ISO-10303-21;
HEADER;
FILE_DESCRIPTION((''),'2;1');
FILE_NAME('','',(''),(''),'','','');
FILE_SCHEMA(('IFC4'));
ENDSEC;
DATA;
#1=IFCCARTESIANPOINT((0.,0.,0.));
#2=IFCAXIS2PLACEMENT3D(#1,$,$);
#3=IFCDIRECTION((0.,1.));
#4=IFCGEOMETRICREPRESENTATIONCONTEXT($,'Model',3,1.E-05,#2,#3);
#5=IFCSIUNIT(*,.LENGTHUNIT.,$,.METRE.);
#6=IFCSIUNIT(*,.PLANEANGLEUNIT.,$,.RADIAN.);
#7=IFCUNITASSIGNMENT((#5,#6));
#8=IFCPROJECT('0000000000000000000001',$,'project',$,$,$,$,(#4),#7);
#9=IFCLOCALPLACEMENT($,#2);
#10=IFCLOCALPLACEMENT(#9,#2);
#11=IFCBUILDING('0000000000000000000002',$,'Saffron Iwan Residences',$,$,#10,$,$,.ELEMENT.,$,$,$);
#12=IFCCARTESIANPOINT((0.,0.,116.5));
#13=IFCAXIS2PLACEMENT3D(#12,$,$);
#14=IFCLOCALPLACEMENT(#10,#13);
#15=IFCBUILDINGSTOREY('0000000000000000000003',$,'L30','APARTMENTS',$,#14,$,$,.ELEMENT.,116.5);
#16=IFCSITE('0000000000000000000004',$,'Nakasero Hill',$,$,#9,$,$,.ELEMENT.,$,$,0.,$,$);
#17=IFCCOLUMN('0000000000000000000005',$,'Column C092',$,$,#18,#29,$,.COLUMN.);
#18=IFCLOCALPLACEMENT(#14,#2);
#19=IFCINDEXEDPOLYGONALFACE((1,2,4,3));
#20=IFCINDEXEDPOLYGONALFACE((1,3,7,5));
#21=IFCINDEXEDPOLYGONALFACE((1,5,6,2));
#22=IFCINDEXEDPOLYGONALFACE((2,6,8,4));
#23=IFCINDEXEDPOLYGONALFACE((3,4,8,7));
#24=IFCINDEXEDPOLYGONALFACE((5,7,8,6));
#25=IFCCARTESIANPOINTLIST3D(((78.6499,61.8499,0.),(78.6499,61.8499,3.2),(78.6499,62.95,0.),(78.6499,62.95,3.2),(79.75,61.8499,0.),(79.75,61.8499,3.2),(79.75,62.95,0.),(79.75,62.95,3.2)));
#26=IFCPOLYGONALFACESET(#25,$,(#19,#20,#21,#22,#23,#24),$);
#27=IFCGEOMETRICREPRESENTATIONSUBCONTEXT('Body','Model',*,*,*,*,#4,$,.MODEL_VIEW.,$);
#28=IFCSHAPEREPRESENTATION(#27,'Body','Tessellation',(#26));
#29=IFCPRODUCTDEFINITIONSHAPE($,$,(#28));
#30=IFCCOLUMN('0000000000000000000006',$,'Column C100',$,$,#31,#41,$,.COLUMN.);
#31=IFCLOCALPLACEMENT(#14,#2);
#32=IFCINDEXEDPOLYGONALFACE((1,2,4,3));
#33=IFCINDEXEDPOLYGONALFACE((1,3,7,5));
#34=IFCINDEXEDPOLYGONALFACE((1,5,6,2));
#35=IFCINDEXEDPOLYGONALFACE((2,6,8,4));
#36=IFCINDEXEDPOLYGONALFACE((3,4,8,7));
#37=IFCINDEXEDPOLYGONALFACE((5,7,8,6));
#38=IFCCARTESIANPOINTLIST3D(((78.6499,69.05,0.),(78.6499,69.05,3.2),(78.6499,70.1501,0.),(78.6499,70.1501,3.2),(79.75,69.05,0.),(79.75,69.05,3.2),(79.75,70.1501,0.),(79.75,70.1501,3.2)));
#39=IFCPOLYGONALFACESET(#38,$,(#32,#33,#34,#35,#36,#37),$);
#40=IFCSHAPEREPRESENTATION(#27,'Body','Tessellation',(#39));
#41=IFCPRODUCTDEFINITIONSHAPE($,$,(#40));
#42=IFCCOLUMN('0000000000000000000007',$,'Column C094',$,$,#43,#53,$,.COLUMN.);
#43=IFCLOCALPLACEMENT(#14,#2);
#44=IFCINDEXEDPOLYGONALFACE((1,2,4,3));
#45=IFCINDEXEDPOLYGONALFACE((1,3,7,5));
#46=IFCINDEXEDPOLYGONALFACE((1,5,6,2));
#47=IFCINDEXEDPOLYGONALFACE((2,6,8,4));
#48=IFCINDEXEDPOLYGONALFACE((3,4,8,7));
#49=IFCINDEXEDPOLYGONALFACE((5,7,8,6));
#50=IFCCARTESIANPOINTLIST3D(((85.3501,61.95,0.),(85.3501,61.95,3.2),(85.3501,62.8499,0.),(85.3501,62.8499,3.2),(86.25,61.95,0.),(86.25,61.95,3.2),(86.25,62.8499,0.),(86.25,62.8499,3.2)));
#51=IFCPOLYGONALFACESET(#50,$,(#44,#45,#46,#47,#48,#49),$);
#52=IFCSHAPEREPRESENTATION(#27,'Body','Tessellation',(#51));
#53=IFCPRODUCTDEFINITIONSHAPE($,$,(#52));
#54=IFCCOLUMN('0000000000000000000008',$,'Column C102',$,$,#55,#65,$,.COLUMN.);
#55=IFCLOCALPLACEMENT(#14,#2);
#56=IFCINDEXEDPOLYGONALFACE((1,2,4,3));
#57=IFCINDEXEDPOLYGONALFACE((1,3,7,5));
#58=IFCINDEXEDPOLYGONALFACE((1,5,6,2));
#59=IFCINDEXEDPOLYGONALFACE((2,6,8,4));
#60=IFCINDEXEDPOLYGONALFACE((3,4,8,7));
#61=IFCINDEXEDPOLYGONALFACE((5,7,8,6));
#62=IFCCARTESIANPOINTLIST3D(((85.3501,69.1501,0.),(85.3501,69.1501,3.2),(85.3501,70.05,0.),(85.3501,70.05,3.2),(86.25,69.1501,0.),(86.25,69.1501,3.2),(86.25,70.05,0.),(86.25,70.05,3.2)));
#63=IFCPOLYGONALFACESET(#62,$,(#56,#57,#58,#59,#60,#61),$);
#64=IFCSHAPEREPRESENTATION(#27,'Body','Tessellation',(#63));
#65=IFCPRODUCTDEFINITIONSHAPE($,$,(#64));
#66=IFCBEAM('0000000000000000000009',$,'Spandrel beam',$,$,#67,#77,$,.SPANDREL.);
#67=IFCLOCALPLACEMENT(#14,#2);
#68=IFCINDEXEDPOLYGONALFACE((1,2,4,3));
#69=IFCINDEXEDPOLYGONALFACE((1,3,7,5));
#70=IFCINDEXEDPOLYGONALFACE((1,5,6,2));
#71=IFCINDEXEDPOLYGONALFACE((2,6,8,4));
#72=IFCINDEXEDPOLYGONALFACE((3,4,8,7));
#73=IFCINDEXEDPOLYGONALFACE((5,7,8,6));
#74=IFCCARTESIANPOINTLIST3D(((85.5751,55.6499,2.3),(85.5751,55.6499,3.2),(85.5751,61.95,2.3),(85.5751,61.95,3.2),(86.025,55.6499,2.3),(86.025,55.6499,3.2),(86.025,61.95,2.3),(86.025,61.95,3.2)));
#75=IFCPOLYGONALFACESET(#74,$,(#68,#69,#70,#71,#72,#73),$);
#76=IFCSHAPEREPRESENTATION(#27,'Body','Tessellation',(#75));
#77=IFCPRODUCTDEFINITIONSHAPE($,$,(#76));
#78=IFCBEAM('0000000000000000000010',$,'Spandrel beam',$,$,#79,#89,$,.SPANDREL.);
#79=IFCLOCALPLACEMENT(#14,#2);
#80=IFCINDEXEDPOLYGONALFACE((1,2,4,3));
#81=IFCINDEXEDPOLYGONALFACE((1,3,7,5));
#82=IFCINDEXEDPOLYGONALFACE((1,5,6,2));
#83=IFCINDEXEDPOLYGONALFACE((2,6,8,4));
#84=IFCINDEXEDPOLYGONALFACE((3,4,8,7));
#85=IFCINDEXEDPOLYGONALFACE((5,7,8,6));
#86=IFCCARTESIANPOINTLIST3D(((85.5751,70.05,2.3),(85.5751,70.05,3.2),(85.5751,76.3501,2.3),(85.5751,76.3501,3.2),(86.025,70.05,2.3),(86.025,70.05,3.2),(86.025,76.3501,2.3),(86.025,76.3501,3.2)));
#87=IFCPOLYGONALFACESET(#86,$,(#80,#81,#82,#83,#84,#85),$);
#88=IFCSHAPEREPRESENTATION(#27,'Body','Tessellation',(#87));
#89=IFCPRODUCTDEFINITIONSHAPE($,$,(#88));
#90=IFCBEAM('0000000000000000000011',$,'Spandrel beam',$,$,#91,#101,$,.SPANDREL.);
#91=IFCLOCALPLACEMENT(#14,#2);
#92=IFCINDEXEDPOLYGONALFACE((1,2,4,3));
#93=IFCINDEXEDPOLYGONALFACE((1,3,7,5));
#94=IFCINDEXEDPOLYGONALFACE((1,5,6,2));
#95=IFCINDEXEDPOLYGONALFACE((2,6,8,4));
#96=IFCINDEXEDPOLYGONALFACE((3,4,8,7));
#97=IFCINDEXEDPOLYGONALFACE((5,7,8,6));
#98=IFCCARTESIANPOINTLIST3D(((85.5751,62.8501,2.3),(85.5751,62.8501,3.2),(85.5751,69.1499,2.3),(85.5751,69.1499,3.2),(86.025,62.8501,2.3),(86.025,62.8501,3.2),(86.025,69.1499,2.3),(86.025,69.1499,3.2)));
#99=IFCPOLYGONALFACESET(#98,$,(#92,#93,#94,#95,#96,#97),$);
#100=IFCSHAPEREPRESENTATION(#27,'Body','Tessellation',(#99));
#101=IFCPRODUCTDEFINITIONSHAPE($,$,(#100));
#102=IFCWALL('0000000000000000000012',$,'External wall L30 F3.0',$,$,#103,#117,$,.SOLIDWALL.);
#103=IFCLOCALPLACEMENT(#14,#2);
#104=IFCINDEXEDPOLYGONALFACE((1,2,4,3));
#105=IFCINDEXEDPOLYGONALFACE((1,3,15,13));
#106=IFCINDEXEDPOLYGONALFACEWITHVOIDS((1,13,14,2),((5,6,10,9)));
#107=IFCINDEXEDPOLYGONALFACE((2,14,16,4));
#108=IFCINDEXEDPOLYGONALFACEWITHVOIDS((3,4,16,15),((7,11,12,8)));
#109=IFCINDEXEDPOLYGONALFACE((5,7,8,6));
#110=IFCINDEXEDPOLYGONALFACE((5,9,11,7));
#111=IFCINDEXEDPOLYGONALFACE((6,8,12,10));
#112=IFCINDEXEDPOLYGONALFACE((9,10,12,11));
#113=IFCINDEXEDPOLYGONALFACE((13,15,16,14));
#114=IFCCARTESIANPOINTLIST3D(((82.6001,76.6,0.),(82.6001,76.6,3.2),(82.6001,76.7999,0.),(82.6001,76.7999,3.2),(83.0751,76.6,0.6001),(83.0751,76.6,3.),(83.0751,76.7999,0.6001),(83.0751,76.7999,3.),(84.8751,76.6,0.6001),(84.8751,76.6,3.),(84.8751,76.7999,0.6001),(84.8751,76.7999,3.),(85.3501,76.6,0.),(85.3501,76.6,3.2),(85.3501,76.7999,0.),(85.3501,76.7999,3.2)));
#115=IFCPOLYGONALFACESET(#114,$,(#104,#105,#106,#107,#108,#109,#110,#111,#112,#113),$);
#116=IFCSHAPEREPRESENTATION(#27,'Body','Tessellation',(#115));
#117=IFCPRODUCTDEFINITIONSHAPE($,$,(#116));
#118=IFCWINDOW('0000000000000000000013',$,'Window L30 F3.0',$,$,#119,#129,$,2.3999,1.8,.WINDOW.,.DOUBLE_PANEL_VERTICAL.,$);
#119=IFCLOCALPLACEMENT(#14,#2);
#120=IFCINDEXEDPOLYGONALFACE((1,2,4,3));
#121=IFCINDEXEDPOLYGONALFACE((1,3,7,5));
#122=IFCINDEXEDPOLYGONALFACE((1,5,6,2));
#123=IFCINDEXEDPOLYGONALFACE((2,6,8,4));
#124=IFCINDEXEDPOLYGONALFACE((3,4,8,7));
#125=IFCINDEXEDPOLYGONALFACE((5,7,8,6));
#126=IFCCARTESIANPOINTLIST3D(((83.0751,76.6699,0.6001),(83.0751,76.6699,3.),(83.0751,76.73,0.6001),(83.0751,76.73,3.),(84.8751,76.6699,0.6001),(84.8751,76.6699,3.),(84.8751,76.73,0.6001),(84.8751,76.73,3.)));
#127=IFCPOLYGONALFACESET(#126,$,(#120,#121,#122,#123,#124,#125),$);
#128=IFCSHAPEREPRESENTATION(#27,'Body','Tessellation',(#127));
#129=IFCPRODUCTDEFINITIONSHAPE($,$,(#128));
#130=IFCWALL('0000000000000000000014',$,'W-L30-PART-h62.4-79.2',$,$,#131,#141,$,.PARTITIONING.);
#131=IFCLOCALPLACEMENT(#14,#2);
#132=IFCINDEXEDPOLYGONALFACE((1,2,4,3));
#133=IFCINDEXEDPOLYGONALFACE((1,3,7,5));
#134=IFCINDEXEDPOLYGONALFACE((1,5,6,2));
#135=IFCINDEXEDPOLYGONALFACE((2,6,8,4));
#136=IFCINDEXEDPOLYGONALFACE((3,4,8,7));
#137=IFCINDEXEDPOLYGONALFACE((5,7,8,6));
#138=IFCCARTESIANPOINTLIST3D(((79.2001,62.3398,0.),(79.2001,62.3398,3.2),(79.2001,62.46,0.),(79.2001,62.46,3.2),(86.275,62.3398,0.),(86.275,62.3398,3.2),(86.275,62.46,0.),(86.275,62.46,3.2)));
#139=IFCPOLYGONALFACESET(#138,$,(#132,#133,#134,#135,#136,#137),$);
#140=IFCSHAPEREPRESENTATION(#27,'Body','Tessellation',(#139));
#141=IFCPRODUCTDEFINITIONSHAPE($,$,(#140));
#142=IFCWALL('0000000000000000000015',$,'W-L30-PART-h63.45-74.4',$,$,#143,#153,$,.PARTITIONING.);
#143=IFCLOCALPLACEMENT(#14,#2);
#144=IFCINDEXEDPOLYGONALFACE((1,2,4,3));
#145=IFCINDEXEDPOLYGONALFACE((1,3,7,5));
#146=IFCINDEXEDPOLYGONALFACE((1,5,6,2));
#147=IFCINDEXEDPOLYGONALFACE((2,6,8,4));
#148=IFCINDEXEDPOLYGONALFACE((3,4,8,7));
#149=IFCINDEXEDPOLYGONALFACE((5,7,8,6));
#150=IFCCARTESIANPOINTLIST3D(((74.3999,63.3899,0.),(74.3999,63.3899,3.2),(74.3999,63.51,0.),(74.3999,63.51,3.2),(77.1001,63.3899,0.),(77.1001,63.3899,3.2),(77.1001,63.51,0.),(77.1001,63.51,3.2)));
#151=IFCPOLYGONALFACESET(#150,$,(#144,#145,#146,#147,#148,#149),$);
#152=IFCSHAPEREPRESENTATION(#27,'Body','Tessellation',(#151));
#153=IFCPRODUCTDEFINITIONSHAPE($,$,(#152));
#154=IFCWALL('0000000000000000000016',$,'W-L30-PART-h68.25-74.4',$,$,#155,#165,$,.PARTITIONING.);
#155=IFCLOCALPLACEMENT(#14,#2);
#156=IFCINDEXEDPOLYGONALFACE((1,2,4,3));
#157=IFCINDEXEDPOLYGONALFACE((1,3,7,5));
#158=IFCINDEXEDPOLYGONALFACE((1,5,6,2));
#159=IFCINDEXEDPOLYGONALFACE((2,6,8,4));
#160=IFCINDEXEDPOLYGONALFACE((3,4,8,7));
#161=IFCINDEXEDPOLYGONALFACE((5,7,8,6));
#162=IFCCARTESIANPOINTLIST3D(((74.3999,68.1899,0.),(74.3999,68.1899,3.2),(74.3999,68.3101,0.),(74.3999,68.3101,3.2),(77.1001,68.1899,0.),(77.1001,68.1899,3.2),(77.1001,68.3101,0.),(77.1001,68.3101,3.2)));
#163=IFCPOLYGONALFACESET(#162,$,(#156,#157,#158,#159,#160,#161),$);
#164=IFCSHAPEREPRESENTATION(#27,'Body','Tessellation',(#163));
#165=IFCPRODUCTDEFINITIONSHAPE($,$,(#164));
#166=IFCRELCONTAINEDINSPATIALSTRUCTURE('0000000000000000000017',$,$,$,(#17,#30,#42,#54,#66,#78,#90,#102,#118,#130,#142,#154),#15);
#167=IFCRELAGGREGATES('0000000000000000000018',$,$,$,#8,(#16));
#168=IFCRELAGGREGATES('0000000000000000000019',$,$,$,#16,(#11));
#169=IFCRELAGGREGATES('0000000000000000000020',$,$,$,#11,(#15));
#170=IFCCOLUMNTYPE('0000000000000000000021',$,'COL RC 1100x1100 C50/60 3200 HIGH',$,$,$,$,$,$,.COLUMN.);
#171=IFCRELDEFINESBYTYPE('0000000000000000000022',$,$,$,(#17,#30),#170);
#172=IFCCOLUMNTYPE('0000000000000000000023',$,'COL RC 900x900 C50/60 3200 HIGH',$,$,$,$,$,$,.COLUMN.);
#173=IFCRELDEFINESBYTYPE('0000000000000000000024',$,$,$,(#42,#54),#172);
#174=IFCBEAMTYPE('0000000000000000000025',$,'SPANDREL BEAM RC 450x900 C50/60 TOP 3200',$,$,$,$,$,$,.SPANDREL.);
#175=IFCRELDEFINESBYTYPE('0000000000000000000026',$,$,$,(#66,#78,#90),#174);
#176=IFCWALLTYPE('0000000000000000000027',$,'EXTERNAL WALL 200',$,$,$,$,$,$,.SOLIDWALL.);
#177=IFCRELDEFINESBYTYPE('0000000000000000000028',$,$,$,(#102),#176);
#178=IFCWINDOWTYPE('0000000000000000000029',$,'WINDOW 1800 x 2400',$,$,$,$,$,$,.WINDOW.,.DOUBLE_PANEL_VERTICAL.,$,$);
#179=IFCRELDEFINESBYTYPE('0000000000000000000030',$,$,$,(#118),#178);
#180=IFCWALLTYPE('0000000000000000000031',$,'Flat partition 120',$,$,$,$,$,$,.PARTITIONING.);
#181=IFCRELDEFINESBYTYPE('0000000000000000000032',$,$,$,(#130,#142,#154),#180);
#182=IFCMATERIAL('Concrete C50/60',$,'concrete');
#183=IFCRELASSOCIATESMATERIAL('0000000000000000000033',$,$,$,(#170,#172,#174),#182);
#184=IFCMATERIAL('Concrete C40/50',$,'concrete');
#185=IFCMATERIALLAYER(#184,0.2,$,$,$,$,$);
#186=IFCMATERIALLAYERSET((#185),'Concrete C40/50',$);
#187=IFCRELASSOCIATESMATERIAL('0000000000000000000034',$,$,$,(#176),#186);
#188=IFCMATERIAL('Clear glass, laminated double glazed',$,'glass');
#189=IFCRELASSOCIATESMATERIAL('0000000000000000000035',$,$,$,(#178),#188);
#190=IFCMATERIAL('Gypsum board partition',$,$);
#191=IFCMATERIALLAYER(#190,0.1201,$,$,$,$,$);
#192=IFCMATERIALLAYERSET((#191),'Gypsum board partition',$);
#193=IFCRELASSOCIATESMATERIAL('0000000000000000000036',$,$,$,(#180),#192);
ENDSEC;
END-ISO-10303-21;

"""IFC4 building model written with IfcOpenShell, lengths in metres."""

from ifc_helpers import new_model, si_unit, direction, frame, frame_2d, origin, origin_2d, place, context, subcontext, project, spatial, rectangle, extrude, source, transform, mapped, material, layer, layer_set, material_profile, profile_set, type_object, element, fill, save


model = new_model("IFC4")

# Units and contexts
model_context = context("Model", 3, precision=1e-05, world=origin(), true_north=direction((0.0, 1.0)))
body_context = subcontext(model_context, "Body", "Model", "MODEL_VIEW")
ifc_project = project(units=[si_unit("LENGTHUNIT", "METRE"), si_unit("PLANEANGLEUNIT", "RADIAN")], contexts=[model_context])

# Site, building, storey
site_placement = place(None, origin())
site = spatial("IfcSite", under=ifc_project, at=site_placement, Name="Nakasero Hill", CompositionType="ELEMENT", RefElevation=0.0)
building_placement = place(site_placement, origin())
building = spatial("IfcBuilding", under=site, at=building_placement, Name="Saffron Iwan Residences", CompositionType="ELEMENT")
storey_placement = place(building_placement, frame((0.0, 0.0, 116.5)))
storey = spatial("IfcBuildingStorey", under=building, at=storey_placement, Name="L30", Description="APARTMENTS", CompositionType="ELEMENT", Elevation=116.5)

# Columns
ifc_material_1 = material(Name="Concrete C50/60", Category="concrete")
ifc_material_profile_1 = material_profile(ifc_material_1, rectangle(XDim=1.1001, YDim=1.1001, at=origin_2d()), Name="RC 1100x1100")
ifc_profile_set_1 = profile_set([ifc_material_profile_1], Name="Concrete C50/60")
column_type_1 = type_object("IfcColumnType", Name="COL RC 1100x1100 C50/60 3200 HIGH", PredefinedType="COLUMN", material=ifc_profile_set_1)
shared_shape_1 = source(origin(), body_context, "Body", "SweptSolid", [
    extrude(rectangle(XDim=1.1001, YDim=1.1001, at=origin_2d()), origin(), (0.0, 0.0, 1.0), 3.2),
])
for number, where, z_axis, x_axis, name in (
    (1, (79.2, 62.3999, 0.0), (0.0, 0.0, 1.0), (1.0, 0.0, 0.0), "Column C092"),
    (2, (79.2, 69.6001, 0.0), (0.0, 0.0, 1.0), (1.0, 0.0, 0.0), "Column C100"),
):
    element("IfcColumn", number, at=place(storey_placement, frame(where, z_axis=z_axis, x_axis=x_axis)), inside=storey, type_object=column_type_1, Name=name, PredefinedType="COLUMN", context=body_context, shape_type="MappedRepresentation", body=[
        mapped(shared_shape_1, transform((0.0, 0.0, 0.0))),
    ])
ifc_material_profile_2 = material_profile(ifc_material_1, rectangle(XDim=0.8999, YDim=0.8999, at=origin_2d()), Name="RC 900x900")
ifc_profile_set_2 = profile_set([ifc_material_profile_2], Name="Concrete C50/60")
column_type_2 = type_object("IfcColumnType", Name="COL RC 900x900 C50/60 3200 HIGH", PredefinedType="COLUMN", material=ifc_profile_set_2)
shared_shape_2 = source(origin(), body_context, "Body", "SweptSolid", [
    extrude(rectangle(XDim=0.8999, YDim=0.8999, at=origin_2d()), origin(), (0.0, 0.0, 1.0), 3.2),
])
for number, where, z_axis, x_axis, name in (
    (3, (85.8, 62.3999, 0.0), (0.0, 0.0, 1.0), (1.0, 0.0, 0.0), "Column C094"),
    (4, (85.8, 69.6001, 0.0), (0.0, 0.0, 1.0), (1.0, 0.0, 0.0), "Column C102"),
):
    element("IfcColumn", number, at=place(storey_placement, frame(where, z_axis=z_axis, x_axis=x_axis)), inside=storey, type_object=column_type_2, Name=name, PredefinedType="COLUMN", context=body_context, shape_type="MappedRepresentation", body=[
        mapped(shared_shape_2, transform((0.0, 0.0, 0.0))),
    ])

# Beams
ifc_material_profile_3 = material_profile(ifc_material_1, rectangle(XDim=0.45, YDim=0.8999, at=origin_2d()), Name="RC 450x900")
ifc_profile_set_3 = profile_set([ifc_material_profile_3], Name="Concrete C50/60")
beam_type = type_object("IfcBeamType", Name="SPANDREL BEAM RC 450x900 C50/60 TOP 3200", PredefinedType="SPANDREL", material=ifc_profile_set_3)
shared_shape_3 = source(origin(), body_context, "Body", "SweptSolid", [
    extrude(rectangle(XDim=0.45, YDim=0.8999, at=origin_2d()), origin(), (0.0, 0.0, 1.0), 6.3),
])
for number, where, z_axis, x_axis, name in (
    (5, (85.8, 61.95, 2.75), (0.0, -1.0, 0.0), (1.0, 0.0, 0.0), "Spandrel beam"),
    (6, (85.8, 76.3501, 2.75), (0.0, -1.0, 0.0), (1.0, 0.0, 0.0), "Spandrel beam"),
):
    element("IfcBeam", number, at=place(storey_placement, frame(where, z_axis=z_axis, x_axis=x_axis)), inside=storey, type_object=beam_type, Name=name, PredefinedType="SPANDREL", context=body_context, shape_type="MappedRepresentation", body=[
        mapped(shared_shape_3, transform((0.0, 0.0, 0.0))),
    ])
shared_shape_4 = source(origin(), body_context, "Body", "SweptSolid", [
    extrude(rectangle(XDim=0.45, YDim=0.8999, at=origin_2d()), origin(), (0.0, 0.0, 1.0), 6.2998),
])
beam_placement = place(storey_placement, frame((85.8, 69.1499, 2.75), z_axis=(0.0, -1.0, 0.0), x_axis=(1.0, 0.0, 0.0)))
element("IfcBeam", 7, at=beam_placement, inside=storey, type_object=beam_type, Name="Spandrel beam", PredefinedType="SPANDREL", context=body_context, shape_type="MappedRepresentation", body=[
    mapped(shared_shape_4, transform((0.0, 0.0, 0.0))),
])

# Wall, opening, window
ifc_material_2 = material(Name="Concrete C40/50", Category="concrete")
ifc_layer_1 = layer(ifc_material_2, 0.2)
ifc_layer_set_1 = layer_set([ifc_layer_1], Name="Concrete C40/50")
wall_type_1 = type_object("IfcWallType", Name="EXTERNAL WALL 200", PredefinedType="SOLIDWALL", material=ifc_layer_set_1)
wall_1_placement = place(storey_placement, frame((85.3501, 76.7, 0.0), z_axis=(0.0, 0.0, 1.0), x_axis=(-1.0, 0.0, 0.0)))
wall_1 = element("IfcWall", 8, at=wall_1_placement, inside=storey, type_object=wall_type_1, Name="External wall L30 F3.0", PredefinedType="SOLIDWALL", context=body_context, shape_type="SweptSolid", body=[
    extrude(rectangle(XDim=2.75, YDim=0.2, at=frame_2d((1.375, 0.0))), origin(), (0.0, 0.0, 1.0), 3.2),
])
opening_1_placement = place(wall_1_placement, frame((0.4751, 0.0, 0.6001)))
opening_1 = element("IfcOpeningElement", 9, at=opening_1_placement, cuts=wall_1, PredefinedType="OPENING", context=body_context, shape_type="SweptSolid", body=[
    extrude(rectangle(XDim=1.8, YDim=2.3999, at=frame_2d((0.8999, 1.2))), frame((0.0, 0.1099, 0.0), z_axis=(0.0, -1.0, 0.0), x_axis=(1.0, 0.0, 0.0)), (0.0, 0.0, 1.0), 0.22),
])
ifc_material_3 = material(Name="Clear glass, laminated double glazed", Category="glass")
window_type = type_object("IfcWindowType", Name="WINDOW 1800 x 2400", PartitioningType="DOUBLE_PANEL_VERTICAL", PredefinedType="WINDOW", material=ifc_material_3)
window_placement = place(opening_1_placement, origin())
window = element("IfcWindow", 10, at=window_placement, inside=storey, type_object=window_type, Name="Window L30 F3.0", OverallHeight=2.3999, OverallWidth=1.8, PartitioningType="DOUBLE_PANEL_VERTICAL", PredefinedType="WINDOW", context=body_context, shape_type="SweptSolid", body=[
    extrude(rectangle(XDim=1.8, YDim=2.3999, at=frame_2d((0.8999, 1.2))), frame((0.0, 0.03, 0.0), z_axis=(0.0, -1.0, 0.0), x_axis=(1.0, 0.0, 0.0)), (0.0, 0.0, 1.0), 0.0601),
])
fill(opening_1, window)

# Walls
ifc_material_4 = material(Name="Gypsum board partition")
ifc_layer_2 = layer(ifc_material_4, 0.1201)
ifc_layer_set_2 = layer_set([ifc_layer_2], Name="Gypsum board partition")
wall_type_2 = type_object("IfcWallType", Name="Flat partition 120", PredefinedType="PARTITIONING", material=ifc_layer_set_2)
wall_2_placement = place(storey_placement, frame((79.2, 62.3999, 0.0), z_axis=(0.0, 0.0, 1.0), x_axis=(1.0, 0.0, 0.0)))
element("IfcWall", 11, at=wall_2_placement, inside=storey, type_object=wall_type_2, Name="W-L30-PART-h62.4-79.2", PredefinedType="PARTITIONING", context=body_context, shape_type="SweptSolid", body=[
    extrude(rectangle(XDim=7.075, YDim=0.1201, at=frame_2d((3.5376, 0.0))), origin(), (0.0, 0.0, 1.0), 3.2),
])
for number, where, z_axis, x_axis, name in (
    (12, (74.3999, 63.45, 0.0), (0.0, 0.0, 1.0), (1.0, 0.0, 0.0), "W-L30-PART-h63.45-74.4"),
    (13, (74.3999, 68.25, 0.0), (0.0, 0.0, 1.0), (1.0, 0.0, 0.0), "W-L30-PART-h68.25-74.4"),
):
    element("IfcWall", number, at=place(storey_placement, frame(where, z_axis=z_axis, x_axis=x_axis)), inside=storey, type_object=wall_type_2, Name=name, PredefinedType="PARTITIONING", context=body_context, shape_type="SweptSolid", body=[
        extrude(rectangle(XDim=2.7002, YDim=0.1201, at=frame_2d((1.3501, 0.0))), origin(), (0.0, 0.0, 1.0), 3.2),
    ])

save(model, "model.ifc")
